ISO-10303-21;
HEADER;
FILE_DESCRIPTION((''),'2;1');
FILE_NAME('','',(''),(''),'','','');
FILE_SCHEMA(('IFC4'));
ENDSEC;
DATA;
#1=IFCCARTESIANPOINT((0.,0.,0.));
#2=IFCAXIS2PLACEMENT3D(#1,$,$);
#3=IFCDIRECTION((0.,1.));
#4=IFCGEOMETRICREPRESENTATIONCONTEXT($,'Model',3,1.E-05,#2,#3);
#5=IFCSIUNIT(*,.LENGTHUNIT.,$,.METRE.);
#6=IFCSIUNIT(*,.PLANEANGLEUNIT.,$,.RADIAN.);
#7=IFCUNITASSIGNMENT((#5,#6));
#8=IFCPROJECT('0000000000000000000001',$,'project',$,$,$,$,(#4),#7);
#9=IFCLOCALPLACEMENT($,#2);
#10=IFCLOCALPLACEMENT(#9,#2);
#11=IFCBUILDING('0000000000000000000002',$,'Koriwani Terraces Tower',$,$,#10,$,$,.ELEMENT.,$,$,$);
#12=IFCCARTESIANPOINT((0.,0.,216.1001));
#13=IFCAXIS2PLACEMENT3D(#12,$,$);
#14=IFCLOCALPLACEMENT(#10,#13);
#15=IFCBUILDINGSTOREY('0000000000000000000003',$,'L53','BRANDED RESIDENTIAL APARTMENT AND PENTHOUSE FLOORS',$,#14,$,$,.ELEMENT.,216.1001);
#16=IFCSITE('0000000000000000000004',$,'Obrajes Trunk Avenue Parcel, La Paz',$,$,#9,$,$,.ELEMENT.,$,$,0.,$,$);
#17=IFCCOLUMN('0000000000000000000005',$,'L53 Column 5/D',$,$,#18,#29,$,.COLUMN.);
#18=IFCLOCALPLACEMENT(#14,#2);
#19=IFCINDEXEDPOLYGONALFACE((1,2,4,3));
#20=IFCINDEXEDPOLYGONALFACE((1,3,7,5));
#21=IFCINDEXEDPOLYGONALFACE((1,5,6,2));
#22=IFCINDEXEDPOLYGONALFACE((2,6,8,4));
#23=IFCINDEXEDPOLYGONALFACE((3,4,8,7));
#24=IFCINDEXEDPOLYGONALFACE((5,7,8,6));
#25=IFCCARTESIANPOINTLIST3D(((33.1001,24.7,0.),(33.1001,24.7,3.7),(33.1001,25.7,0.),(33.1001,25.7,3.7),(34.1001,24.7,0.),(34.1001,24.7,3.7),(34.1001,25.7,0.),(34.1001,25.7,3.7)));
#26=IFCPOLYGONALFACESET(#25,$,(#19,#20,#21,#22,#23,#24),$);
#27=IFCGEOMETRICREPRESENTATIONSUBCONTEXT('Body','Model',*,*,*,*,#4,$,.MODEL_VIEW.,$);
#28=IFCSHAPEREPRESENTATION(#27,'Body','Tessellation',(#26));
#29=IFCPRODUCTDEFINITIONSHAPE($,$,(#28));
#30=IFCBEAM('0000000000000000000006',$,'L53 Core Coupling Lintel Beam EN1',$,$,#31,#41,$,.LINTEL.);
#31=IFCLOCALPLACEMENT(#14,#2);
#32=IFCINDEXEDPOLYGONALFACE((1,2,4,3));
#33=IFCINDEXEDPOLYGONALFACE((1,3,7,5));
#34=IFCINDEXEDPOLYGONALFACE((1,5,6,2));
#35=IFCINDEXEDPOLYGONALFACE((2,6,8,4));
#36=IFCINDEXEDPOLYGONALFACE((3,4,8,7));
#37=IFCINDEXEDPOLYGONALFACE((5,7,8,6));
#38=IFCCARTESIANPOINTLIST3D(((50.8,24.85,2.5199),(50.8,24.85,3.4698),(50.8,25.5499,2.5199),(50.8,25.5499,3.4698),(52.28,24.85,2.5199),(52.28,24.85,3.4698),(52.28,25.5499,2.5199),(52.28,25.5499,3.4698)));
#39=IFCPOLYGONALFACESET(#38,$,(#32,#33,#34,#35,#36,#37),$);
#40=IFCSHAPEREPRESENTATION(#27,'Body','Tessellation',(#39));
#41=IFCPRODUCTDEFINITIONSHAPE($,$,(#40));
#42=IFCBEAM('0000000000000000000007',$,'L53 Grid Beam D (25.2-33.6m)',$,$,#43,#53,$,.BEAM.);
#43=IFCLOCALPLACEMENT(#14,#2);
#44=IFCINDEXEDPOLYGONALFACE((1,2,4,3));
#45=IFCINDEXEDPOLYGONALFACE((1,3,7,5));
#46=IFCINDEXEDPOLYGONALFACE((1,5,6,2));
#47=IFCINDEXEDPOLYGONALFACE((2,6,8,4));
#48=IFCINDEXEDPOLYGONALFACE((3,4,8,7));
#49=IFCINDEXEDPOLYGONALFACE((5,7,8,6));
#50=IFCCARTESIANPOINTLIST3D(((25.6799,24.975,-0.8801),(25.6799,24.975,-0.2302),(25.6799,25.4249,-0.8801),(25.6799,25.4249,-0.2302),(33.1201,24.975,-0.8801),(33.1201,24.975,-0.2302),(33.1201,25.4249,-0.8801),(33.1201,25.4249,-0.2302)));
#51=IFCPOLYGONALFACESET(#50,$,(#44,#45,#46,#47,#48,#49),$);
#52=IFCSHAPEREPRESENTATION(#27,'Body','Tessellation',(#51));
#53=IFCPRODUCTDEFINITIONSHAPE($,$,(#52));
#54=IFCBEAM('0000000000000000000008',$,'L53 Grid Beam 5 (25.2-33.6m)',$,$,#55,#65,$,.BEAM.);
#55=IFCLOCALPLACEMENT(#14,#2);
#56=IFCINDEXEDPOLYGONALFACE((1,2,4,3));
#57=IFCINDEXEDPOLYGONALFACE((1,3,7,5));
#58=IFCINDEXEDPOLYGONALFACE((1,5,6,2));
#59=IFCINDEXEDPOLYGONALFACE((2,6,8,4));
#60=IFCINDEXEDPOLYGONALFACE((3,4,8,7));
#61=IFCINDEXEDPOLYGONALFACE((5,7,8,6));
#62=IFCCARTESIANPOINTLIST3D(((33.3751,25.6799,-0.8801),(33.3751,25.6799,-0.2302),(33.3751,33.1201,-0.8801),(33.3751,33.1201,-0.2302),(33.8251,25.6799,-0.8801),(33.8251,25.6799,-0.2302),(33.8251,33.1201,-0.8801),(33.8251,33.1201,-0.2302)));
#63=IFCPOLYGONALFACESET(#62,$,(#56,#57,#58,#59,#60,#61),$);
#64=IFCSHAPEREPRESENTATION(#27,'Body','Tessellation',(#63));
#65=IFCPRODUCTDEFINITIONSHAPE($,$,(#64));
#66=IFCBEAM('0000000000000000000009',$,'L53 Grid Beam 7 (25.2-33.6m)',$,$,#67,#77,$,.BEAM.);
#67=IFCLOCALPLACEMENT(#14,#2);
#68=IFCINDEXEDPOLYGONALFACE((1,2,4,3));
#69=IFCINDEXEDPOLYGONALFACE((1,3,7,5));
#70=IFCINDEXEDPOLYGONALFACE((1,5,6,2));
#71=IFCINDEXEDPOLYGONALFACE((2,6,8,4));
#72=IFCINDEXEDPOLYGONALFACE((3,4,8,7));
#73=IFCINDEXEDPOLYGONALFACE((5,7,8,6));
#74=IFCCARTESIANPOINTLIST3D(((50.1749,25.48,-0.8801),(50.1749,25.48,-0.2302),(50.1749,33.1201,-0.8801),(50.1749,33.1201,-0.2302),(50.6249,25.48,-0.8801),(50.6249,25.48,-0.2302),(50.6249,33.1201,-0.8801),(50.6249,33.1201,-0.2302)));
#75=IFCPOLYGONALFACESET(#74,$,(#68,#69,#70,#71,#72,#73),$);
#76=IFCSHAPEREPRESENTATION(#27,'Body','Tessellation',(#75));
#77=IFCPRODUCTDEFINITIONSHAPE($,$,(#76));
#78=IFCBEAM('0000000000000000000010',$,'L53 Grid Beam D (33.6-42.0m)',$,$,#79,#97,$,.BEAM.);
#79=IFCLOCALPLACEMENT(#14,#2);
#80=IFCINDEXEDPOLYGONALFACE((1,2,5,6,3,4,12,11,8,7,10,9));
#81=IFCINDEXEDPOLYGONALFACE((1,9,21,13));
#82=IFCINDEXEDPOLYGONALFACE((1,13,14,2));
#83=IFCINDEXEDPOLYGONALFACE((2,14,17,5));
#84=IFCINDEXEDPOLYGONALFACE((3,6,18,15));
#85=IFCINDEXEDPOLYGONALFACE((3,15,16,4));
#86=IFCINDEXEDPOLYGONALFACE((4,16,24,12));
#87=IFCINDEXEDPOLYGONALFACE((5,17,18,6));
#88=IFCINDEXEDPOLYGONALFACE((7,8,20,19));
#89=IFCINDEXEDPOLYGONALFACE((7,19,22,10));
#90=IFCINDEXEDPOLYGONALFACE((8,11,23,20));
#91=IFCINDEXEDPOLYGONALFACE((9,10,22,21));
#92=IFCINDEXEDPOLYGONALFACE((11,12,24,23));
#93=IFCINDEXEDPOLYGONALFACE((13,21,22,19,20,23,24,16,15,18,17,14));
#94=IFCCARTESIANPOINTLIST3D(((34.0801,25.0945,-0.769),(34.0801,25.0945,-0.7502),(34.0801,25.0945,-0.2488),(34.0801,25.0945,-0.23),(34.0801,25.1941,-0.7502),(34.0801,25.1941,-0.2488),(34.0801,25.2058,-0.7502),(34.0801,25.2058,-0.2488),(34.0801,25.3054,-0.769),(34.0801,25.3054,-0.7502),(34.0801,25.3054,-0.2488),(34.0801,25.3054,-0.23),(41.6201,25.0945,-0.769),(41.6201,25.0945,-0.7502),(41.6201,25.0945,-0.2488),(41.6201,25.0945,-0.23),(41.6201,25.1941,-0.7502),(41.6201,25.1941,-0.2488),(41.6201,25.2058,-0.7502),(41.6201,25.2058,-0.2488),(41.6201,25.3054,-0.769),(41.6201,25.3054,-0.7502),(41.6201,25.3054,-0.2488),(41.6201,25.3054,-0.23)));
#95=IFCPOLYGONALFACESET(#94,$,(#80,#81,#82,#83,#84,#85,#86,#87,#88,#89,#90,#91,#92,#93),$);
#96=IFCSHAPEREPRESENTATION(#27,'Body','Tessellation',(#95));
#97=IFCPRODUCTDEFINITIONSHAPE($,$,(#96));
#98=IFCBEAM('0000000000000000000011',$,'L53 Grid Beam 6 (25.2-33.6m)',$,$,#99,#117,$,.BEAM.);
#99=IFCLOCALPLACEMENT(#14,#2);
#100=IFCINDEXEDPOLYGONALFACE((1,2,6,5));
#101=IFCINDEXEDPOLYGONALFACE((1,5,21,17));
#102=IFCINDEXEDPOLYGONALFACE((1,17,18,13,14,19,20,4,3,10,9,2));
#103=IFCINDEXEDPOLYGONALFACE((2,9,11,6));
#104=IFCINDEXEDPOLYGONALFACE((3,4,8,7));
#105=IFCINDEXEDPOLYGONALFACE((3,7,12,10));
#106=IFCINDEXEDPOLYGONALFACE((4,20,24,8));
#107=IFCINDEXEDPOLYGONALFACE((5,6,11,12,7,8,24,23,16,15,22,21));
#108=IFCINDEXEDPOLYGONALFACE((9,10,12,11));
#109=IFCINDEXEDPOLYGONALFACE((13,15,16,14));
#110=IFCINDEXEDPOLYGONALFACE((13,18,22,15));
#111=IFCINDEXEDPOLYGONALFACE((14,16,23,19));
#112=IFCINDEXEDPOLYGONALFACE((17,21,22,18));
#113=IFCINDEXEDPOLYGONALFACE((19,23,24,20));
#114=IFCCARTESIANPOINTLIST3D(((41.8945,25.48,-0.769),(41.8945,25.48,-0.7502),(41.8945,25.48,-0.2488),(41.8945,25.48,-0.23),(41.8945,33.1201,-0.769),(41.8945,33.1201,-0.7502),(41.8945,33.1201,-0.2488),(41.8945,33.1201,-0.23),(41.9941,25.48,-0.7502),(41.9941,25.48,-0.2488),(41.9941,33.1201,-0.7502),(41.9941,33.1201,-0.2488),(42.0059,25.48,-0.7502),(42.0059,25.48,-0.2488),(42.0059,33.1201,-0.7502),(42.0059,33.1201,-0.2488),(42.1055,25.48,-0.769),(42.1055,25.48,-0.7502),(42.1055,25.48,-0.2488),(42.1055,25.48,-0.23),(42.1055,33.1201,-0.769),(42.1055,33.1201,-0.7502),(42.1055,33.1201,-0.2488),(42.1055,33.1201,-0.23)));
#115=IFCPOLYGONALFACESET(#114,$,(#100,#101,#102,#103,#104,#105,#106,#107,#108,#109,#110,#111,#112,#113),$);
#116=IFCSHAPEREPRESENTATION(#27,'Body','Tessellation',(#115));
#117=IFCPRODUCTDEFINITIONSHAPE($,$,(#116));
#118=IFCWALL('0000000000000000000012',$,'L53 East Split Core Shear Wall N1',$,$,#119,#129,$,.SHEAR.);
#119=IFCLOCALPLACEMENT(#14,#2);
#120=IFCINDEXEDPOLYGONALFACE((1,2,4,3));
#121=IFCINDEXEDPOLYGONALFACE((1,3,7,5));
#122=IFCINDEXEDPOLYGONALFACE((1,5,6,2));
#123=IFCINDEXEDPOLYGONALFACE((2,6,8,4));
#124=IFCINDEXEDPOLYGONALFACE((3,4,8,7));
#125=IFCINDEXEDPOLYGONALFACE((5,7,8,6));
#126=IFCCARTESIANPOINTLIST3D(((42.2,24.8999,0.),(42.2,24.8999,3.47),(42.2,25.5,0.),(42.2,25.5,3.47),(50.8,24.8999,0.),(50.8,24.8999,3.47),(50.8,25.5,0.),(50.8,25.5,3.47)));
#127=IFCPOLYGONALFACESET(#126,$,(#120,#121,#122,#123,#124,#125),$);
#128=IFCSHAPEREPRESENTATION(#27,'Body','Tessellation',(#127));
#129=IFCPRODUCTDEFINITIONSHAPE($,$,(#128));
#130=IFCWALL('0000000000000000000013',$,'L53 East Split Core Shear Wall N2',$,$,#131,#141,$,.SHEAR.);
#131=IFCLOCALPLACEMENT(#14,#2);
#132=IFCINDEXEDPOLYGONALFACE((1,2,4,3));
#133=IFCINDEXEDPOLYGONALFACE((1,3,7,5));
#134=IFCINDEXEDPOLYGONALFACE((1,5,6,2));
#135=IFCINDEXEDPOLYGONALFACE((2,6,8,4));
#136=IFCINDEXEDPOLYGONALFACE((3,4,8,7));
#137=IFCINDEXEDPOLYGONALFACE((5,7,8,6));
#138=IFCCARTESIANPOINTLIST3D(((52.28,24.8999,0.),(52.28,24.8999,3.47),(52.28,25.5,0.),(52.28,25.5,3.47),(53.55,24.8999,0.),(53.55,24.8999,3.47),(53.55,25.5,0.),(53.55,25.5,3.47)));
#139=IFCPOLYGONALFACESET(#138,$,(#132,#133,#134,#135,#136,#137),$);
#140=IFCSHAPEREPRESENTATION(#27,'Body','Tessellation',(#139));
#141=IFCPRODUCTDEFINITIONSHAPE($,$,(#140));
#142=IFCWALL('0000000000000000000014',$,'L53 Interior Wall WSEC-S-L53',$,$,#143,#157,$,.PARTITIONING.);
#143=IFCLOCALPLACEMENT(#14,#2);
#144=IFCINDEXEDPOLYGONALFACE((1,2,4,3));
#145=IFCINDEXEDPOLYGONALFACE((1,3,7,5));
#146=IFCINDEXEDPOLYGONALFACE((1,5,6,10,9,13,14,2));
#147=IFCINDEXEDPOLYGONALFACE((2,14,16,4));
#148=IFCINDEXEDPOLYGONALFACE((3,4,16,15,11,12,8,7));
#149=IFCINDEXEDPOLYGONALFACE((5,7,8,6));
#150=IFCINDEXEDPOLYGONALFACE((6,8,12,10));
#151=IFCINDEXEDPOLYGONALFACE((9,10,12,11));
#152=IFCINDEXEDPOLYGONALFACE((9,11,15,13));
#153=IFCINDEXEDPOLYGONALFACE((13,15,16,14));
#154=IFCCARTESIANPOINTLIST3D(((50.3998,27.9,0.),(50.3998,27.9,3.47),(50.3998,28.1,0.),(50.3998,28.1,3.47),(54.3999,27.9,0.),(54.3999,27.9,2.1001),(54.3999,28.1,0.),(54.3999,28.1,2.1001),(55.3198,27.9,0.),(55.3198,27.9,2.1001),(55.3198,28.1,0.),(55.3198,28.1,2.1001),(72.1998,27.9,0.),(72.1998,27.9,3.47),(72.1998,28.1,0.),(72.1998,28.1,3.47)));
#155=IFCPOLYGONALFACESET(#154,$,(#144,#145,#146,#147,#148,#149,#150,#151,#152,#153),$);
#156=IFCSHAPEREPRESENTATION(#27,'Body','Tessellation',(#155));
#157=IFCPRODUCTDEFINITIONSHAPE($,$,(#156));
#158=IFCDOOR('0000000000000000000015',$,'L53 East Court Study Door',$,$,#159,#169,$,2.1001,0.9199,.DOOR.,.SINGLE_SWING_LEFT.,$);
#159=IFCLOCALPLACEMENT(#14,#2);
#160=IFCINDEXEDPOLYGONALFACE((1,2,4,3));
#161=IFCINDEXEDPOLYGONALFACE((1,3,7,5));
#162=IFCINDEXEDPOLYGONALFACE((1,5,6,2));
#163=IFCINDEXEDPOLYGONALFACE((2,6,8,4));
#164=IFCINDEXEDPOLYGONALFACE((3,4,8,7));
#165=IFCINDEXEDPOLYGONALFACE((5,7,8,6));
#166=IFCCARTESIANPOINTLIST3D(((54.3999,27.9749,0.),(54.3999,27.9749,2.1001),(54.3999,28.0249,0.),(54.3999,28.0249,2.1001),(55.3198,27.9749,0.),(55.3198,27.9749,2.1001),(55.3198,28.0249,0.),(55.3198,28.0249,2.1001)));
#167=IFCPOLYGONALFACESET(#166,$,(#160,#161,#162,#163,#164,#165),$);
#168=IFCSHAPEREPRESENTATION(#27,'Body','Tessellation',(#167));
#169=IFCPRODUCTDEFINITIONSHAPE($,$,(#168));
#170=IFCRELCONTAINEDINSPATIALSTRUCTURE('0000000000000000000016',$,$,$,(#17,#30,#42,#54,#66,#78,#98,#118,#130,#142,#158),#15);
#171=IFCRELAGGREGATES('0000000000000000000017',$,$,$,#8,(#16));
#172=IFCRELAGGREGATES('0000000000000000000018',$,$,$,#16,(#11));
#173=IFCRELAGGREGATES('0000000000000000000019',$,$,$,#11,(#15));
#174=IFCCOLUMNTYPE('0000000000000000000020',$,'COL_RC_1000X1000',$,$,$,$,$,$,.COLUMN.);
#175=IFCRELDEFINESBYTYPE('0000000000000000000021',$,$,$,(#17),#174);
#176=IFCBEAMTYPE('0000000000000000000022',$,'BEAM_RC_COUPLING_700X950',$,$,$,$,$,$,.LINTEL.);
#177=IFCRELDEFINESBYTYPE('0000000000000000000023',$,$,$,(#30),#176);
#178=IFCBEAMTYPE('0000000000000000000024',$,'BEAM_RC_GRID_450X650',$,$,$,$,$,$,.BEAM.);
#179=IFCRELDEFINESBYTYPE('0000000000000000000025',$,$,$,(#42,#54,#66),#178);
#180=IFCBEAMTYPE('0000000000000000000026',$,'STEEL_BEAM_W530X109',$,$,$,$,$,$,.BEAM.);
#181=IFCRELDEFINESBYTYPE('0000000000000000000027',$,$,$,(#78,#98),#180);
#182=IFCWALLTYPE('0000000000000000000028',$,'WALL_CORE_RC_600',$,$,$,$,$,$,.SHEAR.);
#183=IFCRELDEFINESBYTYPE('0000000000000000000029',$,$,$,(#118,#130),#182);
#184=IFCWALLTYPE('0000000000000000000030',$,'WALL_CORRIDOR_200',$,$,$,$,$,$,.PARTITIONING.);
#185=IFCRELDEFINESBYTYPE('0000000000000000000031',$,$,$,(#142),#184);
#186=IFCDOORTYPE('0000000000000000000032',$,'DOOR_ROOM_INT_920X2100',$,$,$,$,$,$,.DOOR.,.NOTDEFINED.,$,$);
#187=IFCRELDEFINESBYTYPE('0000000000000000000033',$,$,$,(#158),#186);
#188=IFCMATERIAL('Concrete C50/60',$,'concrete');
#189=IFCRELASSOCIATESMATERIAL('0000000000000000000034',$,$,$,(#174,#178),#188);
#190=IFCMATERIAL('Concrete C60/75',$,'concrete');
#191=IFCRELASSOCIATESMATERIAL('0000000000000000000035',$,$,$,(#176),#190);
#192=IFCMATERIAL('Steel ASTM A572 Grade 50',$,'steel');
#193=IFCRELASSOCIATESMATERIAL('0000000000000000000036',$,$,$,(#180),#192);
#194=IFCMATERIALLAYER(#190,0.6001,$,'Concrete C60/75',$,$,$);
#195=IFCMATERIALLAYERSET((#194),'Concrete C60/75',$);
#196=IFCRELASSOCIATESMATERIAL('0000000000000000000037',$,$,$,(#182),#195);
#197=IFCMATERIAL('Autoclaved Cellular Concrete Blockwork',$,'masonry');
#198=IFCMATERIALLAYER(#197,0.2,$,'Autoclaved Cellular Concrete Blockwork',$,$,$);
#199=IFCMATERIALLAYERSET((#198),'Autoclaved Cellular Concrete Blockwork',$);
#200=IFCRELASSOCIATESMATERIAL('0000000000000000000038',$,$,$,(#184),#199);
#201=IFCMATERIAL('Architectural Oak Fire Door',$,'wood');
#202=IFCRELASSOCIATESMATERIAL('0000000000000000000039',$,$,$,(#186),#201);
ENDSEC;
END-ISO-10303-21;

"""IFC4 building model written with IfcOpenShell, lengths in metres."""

from ifc_helpers import new_model, si_unit, direction, frame, frame_2d, origin, origin_2d, place, context, subcontext, project, spatial, rectangle, i_section, extrude, material, layer, layer_set, material_profile, profile_set, type_object, element, fill, save


model = new_model("IFC4")

# Units and contexts
model_context = context("Model", 3, precision=1e-05, world=origin(), true_north=direction((0.0, 1.0)))
body_context = subcontext(model_context, "Body", "Model", "MODEL_VIEW")
ifc_project = project(units=[si_unit("LENGTHUNIT", "METRE"), si_unit("PLANEANGLEUNIT", "RADIAN")], contexts=[model_context])

# Site, building, storey
site_placement = place(None, origin())
site = spatial("IfcSite", under=ifc_project, at=site_placement, Name="Obrajes Trunk Avenue Parcel, La Paz", CompositionType="ELEMENT", RefElevation=0.0)
building_placement = place(site_placement, origin())
building = spatial("IfcBuilding", under=site, at=building_placement, Name="Koriwani Terraces Tower", CompositionType="ELEMENT")
storey_placement = place(building_placement, frame((0.0, 0.0, 216.1001)))
storey = spatial("IfcBuildingStorey", under=building, at=storey_placement, Name="L53", Description="BRANDED RESIDENTIAL APARTMENT AND PENTHOUSE FLOORS", CompositionType="ELEMENT", Elevation=216.1001)

# Column
ifc_material_1 = material(Name="Concrete C50/60", Category="concrete")
ifc_material_profile_1 = material_profile(ifc_material_1, rectangle(XDim=1.0, YDim=1.0, at=origin_2d()), Name="Concrete C50/60", Category="LoadBearing")
ifc_profile_set_1 = profile_set([ifc_material_profile_1], Name="Concrete C50/60")
column_type = type_object("IfcColumnType", Name="COL_RC_1000X1000", PredefinedType="COLUMN", material=ifc_profile_set_1)
column_placement = place(storey_placement, frame((33.6001, 25.2, 0.0), z_axis=(0.0, 0.0, 1.0), x_axis=(1.0, 0.0, 0.0)))
element("IfcColumn", 1, at=column_placement, inside=storey, type_object=column_type, Name="L53 Column 5/D", PredefinedType="COLUMN", context=body_context, shape_type="SweptSolid", body=[
    extrude(rectangle(XDim=1.0, YDim=1.0, at=origin_2d()), origin(), (0.0, 0.0, 1.0), 3.7),
])

# Beams
ifc_material_2 = material(Name="Concrete C60/75", Category="concrete")
ifc_material_profile_2 = material_profile(ifc_material_2, rectangle(XDim=0.7, YDim=0.95, at=origin_2d()), Name="Concrete C60/75", Category="LoadBearing")
ifc_profile_set_2 = profile_set([ifc_material_profile_2], Name="Concrete C60/75")
beam_type_1 = type_object("IfcBeamType", Name="BEAM_RC_COUPLING_700X950", PredefinedType="LINTEL", material=ifc_profile_set_2)
beam_1_placement = place(storey_placement, frame((50.8, 25.2, 2.9949), z_axis=(1.0, 0.0, 0.0), x_axis=(0.0, 1.0, 0.0)))
element("IfcBeam", 2, at=beam_1_placement, inside=storey, type_object=beam_type_1, Name="L53 Core Coupling Lintel Beam EN1", PredefinedType="LINTEL", context=body_context, shape_type="SweptSolid", body=[
    extrude(rectangle(XDim=0.7, YDim=0.95, at=origin_2d()), origin(), (0.0, 0.0, 1.0), 1.48),
])
ifc_material_profile_3 = material_profile(ifc_material_1, rectangle(XDim=0.45, YDim=0.6499, at=origin_2d()), Name="Concrete C50/60", Category="LoadBearing")
ifc_profile_set_3 = profile_set([ifc_material_profile_3], Name="Concrete C50/60")
beam_type_2 = type_object("IfcBeamType", Name="BEAM_RC_GRID_450X650", PredefinedType="BEAM", material=ifc_profile_set_3)
for number, where, z_axis, x_axis, name in (
    (3, (25.6799, 25.2, -0.5552), (1.0, 0.0, 0.0), (0.0, 1.0, 0.0), "L53 Grid Beam D (25.2-33.6m)"),
    (4, (33.6001, 25.6799, -0.5552), (0.0, 1.0, 0.0), (-1.0, 0.0, 0.0), "L53 Grid Beam 5 (25.2-33.6m)"),
):
    element("IfcBeam", number, at=place(storey_placement, frame(where, z_axis=z_axis, x_axis=x_axis)), inside=storey, type_object=beam_type_2, Name=name, PredefinedType="BEAM", context=body_context, shape_type="SweptSolid", body=[
        extrude(rectangle(XDim=0.45, YDim=0.6499, at=origin_2d()), origin(), (0.0, 0.0, 1.0), 7.4402),
    ])
beam_2_placement = place(storey_placement, frame((50.3999, 25.48, -0.5552), z_axis=(0.0, 1.0, 0.0), x_axis=(-1.0, 0.0, 0.0)))
element("IfcBeam", 5, at=beam_2_placement, inside=storey, type_object=beam_type_2, Name="L53 Grid Beam 7 (25.2-33.6m)", PredefinedType="BEAM", context=body_context, shape_type="SweptSolid", body=[
    extrude(rectangle(XDim=0.45, YDim=0.6499, at=origin_2d()), origin(), (0.0, 0.0, 1.0), 7.6401),
])
ifc_material_3 = material(Name="Steel ASTM A572 Grade 50", Category="steel")
ifc_material_profile_4 = material_profile(ifc_material_3, i_section(OverallWidth=0.2109, OverallDepth=0.5391, WebThickness=0.0117, FlangeThickness=0.0188, at=origin_2d()), Name="Steel ASTM A572 Grade 50", Category="LoadBearing")
ifc_profile_set_4 = profile_set([ifc_material_profile_4], Name="Steel ASTM A572 Grade 50")
beam_type_3 = type_object("IfcBeamType", Name="STEEL_BEAM_W530X109", PredefinedType="BEAM", material=ifc_profile_set_4)
beam_3_placement = place(storey_placement, frame((34.0801, 25.2, -0.4995), z_axis=(1.0, 0.0, 0.0), x_axis=(0.0, 1.0, 0.0)))
element("IfcBeam", 6, at=beam_3_placement, inside=storey, type_object=beam_type_3, Name="L53 Grid Beam D (33.6-42.0m)", PredefinedType="BEAM", context=body_context, shape_type="SweptSolid", body=[
    extrude(i_section(OverallWidth=0.2109, OverallDepth=0.5391, WebThickness=0.0117, FlangeThickness=0.0188, at=origin_2d()), origin(), (0.0, 0.0, 1.0), 7.54),
])
beam_4_placement = place(storey_placement, frame((42.0, 25.48, -0.4995), z_axis=(0.0, 1.0, 0.0), x_axis=(-1.0, 0.0, 0.0)))
element("IfcBeam", 7, at=beam_4_placement, inside=storey, type_object=beam_type_3, Name="L53 Grid Beam 6 (25.2-33.6m)", PredefinedType="BEAM", context=body_context, shape_type="SweptSolid", body=[
    extrude(i_section(OverallWidth=0.2109, OverallDepth=0.5391, WebThickness=0.0117, FlangeThickness=0.0188, at=origin_2d()), origin(), (0.0, 0.0, 1.0), 7.6401),
])

# Walls
ifc_layer_1 = layer(ifc_material_2, 0.6001, Name="Concrete C60/75")
ifc_layer_set_1 = layer_set([ifc_layer_1], Name="Concrete C60/75")
wall_type_1 = type_object("IfcWallType", Name="WALL_CORE_RC_600", PredefinedType="SHEAR", material=ifc_layer_set_1)
wall_1_placement = place(storey_placement, frame((42.2, 25.2, 0.0), z_axis=(0.0, 0.0, 1.0), x_axis=(1.0, 0.0, 0.0)))
element("IfcWall", 8, at=wall_1_placement, inside=storey, type_object=wall_type_1, Name="L53 East Split Core Shear Wall N1", PredefinedType="SHEAR", context=body_context, shape_type="SweptSolid", body=[
    extrude(rectangle(XDim=8.6001, YDim=0.6001, at=frame_2d((4.3, 0.0))), origin(), (0.0, 0.0, 1.0), 3.47),
])
wall_2_placement = place(storey_placement, frame((52.28, 25.2, 0.0), z_axis=(0.0, 0.0, 1.0), x_axis=(1.0, 0.0, 0.0)))
element("IfcWall", 9, at=wall_2_placement, inside=storey, type_object=wall_type_1, Name="L53 East Split Core Shear Wall N2", PredefinedType="SHEAR", context=body_context, shape_type="SweptSolid", body=[
    extrude(rectangle(XDim=1.27, YDim=0.6001, at=frame_2d((0.635, 0.0))), origin(), (0.0, 0.0, 1.0), 3.47),
])

# Wall, opening, door
ifc_material_4 = material(Name="Autoclaved Cellular Concrete Blockwork", Category="masonry")
ifc_layer_2 = layer(ifc_material_4, 0.2, Name="Autoclaved Cellular Concrete Blockwork")
ifc_layer_set_2 = layer_set([ifc_layer_2], Name="Autoclaved Cellular Concrete Blockwork")
wall_type_2 = type_object("IfcWallType", Name="WALL_CORRIDOR_200", PredefinedType="PARTITIONING", material=ifc_layer_set_2)
wall_3_placement = place(storey_placement, frame((50.3999, 28.0, 0.0), z_axis=(0.0, 0.0, 1.0), x_axis=(1.0, 0.0, 0.0)))
wall_3 = element("IfcWall", 10, at=wall_3_placement, inside=storey, type_object=wall_type_2, Name="L53 Interior Wall WSEC-S-L53", PredefinedType="PARTITIONING", context=body_context, shape_type="SweptSolid", body=[
    extrude(rectangle(XDim=21.8, YDim=0.2, at=frame_2d((10.8999, 0.0))), origin(), (0.0, 0.0, 1.0), 3.47),
])
opening_1_placement = place(wall_3_placement, frame((4.0, 0.0, 0.0)))
opening_1 = element("IfcOpeningElement", 11, at=opening_1_placement, cuts=wall_3, PredefinedType="OPENING", context=body_context, shape_type="SweptSolid", body=[
    extrude(rectangle(XDim=0.9199, YDim=2.1001, at=frame_2d((0.46, 1.05))), frame((0.0, 0.1099, 0.0), z_axis=(0.0, -1.0, 0.0), x_axis=(1.0, 0.0, 0.0)), (0.0, 0.0, 1.0), 0.22),
])
ifc_material_5 = material(Name="Architectural Oak Fire Door", Category="wood")
door_type_1 = type_object("IfcDoorType", Name="DOOR_ROOM_INT_920X2100", OperationType="NOTDEFINED", PredefinedType="DOOR", material=ifc_material_5)
door_1_placement = place(opening_1_placement, origin())
door_1 = element("IfcDoor", 12, at=door_1_placement, inside=storey, type_object=door_type_1, Name="L53 East Court Study Door", OperationType="SINGLE_SWING_LEFT", OverallHeight=2.1001, OverallWidth=0.9199, PredefinedType="DOOR", context=body_context, shape_type="SweptSolid", body=[
    extrude(rectangle(XDim=0.9199, YDim=2.1001, at=frame_2d((0.46, 1.05))), frame((0.0, 0.0249, 0.0), z_axis=(0.0, -1.0, 0.0), x_axis=(1.0, 0.0, 0.0)), (0.0, 0.0, 1.0), 0.05),
])
fill(opening_1, door_1)

save(model, "model.ifc")
